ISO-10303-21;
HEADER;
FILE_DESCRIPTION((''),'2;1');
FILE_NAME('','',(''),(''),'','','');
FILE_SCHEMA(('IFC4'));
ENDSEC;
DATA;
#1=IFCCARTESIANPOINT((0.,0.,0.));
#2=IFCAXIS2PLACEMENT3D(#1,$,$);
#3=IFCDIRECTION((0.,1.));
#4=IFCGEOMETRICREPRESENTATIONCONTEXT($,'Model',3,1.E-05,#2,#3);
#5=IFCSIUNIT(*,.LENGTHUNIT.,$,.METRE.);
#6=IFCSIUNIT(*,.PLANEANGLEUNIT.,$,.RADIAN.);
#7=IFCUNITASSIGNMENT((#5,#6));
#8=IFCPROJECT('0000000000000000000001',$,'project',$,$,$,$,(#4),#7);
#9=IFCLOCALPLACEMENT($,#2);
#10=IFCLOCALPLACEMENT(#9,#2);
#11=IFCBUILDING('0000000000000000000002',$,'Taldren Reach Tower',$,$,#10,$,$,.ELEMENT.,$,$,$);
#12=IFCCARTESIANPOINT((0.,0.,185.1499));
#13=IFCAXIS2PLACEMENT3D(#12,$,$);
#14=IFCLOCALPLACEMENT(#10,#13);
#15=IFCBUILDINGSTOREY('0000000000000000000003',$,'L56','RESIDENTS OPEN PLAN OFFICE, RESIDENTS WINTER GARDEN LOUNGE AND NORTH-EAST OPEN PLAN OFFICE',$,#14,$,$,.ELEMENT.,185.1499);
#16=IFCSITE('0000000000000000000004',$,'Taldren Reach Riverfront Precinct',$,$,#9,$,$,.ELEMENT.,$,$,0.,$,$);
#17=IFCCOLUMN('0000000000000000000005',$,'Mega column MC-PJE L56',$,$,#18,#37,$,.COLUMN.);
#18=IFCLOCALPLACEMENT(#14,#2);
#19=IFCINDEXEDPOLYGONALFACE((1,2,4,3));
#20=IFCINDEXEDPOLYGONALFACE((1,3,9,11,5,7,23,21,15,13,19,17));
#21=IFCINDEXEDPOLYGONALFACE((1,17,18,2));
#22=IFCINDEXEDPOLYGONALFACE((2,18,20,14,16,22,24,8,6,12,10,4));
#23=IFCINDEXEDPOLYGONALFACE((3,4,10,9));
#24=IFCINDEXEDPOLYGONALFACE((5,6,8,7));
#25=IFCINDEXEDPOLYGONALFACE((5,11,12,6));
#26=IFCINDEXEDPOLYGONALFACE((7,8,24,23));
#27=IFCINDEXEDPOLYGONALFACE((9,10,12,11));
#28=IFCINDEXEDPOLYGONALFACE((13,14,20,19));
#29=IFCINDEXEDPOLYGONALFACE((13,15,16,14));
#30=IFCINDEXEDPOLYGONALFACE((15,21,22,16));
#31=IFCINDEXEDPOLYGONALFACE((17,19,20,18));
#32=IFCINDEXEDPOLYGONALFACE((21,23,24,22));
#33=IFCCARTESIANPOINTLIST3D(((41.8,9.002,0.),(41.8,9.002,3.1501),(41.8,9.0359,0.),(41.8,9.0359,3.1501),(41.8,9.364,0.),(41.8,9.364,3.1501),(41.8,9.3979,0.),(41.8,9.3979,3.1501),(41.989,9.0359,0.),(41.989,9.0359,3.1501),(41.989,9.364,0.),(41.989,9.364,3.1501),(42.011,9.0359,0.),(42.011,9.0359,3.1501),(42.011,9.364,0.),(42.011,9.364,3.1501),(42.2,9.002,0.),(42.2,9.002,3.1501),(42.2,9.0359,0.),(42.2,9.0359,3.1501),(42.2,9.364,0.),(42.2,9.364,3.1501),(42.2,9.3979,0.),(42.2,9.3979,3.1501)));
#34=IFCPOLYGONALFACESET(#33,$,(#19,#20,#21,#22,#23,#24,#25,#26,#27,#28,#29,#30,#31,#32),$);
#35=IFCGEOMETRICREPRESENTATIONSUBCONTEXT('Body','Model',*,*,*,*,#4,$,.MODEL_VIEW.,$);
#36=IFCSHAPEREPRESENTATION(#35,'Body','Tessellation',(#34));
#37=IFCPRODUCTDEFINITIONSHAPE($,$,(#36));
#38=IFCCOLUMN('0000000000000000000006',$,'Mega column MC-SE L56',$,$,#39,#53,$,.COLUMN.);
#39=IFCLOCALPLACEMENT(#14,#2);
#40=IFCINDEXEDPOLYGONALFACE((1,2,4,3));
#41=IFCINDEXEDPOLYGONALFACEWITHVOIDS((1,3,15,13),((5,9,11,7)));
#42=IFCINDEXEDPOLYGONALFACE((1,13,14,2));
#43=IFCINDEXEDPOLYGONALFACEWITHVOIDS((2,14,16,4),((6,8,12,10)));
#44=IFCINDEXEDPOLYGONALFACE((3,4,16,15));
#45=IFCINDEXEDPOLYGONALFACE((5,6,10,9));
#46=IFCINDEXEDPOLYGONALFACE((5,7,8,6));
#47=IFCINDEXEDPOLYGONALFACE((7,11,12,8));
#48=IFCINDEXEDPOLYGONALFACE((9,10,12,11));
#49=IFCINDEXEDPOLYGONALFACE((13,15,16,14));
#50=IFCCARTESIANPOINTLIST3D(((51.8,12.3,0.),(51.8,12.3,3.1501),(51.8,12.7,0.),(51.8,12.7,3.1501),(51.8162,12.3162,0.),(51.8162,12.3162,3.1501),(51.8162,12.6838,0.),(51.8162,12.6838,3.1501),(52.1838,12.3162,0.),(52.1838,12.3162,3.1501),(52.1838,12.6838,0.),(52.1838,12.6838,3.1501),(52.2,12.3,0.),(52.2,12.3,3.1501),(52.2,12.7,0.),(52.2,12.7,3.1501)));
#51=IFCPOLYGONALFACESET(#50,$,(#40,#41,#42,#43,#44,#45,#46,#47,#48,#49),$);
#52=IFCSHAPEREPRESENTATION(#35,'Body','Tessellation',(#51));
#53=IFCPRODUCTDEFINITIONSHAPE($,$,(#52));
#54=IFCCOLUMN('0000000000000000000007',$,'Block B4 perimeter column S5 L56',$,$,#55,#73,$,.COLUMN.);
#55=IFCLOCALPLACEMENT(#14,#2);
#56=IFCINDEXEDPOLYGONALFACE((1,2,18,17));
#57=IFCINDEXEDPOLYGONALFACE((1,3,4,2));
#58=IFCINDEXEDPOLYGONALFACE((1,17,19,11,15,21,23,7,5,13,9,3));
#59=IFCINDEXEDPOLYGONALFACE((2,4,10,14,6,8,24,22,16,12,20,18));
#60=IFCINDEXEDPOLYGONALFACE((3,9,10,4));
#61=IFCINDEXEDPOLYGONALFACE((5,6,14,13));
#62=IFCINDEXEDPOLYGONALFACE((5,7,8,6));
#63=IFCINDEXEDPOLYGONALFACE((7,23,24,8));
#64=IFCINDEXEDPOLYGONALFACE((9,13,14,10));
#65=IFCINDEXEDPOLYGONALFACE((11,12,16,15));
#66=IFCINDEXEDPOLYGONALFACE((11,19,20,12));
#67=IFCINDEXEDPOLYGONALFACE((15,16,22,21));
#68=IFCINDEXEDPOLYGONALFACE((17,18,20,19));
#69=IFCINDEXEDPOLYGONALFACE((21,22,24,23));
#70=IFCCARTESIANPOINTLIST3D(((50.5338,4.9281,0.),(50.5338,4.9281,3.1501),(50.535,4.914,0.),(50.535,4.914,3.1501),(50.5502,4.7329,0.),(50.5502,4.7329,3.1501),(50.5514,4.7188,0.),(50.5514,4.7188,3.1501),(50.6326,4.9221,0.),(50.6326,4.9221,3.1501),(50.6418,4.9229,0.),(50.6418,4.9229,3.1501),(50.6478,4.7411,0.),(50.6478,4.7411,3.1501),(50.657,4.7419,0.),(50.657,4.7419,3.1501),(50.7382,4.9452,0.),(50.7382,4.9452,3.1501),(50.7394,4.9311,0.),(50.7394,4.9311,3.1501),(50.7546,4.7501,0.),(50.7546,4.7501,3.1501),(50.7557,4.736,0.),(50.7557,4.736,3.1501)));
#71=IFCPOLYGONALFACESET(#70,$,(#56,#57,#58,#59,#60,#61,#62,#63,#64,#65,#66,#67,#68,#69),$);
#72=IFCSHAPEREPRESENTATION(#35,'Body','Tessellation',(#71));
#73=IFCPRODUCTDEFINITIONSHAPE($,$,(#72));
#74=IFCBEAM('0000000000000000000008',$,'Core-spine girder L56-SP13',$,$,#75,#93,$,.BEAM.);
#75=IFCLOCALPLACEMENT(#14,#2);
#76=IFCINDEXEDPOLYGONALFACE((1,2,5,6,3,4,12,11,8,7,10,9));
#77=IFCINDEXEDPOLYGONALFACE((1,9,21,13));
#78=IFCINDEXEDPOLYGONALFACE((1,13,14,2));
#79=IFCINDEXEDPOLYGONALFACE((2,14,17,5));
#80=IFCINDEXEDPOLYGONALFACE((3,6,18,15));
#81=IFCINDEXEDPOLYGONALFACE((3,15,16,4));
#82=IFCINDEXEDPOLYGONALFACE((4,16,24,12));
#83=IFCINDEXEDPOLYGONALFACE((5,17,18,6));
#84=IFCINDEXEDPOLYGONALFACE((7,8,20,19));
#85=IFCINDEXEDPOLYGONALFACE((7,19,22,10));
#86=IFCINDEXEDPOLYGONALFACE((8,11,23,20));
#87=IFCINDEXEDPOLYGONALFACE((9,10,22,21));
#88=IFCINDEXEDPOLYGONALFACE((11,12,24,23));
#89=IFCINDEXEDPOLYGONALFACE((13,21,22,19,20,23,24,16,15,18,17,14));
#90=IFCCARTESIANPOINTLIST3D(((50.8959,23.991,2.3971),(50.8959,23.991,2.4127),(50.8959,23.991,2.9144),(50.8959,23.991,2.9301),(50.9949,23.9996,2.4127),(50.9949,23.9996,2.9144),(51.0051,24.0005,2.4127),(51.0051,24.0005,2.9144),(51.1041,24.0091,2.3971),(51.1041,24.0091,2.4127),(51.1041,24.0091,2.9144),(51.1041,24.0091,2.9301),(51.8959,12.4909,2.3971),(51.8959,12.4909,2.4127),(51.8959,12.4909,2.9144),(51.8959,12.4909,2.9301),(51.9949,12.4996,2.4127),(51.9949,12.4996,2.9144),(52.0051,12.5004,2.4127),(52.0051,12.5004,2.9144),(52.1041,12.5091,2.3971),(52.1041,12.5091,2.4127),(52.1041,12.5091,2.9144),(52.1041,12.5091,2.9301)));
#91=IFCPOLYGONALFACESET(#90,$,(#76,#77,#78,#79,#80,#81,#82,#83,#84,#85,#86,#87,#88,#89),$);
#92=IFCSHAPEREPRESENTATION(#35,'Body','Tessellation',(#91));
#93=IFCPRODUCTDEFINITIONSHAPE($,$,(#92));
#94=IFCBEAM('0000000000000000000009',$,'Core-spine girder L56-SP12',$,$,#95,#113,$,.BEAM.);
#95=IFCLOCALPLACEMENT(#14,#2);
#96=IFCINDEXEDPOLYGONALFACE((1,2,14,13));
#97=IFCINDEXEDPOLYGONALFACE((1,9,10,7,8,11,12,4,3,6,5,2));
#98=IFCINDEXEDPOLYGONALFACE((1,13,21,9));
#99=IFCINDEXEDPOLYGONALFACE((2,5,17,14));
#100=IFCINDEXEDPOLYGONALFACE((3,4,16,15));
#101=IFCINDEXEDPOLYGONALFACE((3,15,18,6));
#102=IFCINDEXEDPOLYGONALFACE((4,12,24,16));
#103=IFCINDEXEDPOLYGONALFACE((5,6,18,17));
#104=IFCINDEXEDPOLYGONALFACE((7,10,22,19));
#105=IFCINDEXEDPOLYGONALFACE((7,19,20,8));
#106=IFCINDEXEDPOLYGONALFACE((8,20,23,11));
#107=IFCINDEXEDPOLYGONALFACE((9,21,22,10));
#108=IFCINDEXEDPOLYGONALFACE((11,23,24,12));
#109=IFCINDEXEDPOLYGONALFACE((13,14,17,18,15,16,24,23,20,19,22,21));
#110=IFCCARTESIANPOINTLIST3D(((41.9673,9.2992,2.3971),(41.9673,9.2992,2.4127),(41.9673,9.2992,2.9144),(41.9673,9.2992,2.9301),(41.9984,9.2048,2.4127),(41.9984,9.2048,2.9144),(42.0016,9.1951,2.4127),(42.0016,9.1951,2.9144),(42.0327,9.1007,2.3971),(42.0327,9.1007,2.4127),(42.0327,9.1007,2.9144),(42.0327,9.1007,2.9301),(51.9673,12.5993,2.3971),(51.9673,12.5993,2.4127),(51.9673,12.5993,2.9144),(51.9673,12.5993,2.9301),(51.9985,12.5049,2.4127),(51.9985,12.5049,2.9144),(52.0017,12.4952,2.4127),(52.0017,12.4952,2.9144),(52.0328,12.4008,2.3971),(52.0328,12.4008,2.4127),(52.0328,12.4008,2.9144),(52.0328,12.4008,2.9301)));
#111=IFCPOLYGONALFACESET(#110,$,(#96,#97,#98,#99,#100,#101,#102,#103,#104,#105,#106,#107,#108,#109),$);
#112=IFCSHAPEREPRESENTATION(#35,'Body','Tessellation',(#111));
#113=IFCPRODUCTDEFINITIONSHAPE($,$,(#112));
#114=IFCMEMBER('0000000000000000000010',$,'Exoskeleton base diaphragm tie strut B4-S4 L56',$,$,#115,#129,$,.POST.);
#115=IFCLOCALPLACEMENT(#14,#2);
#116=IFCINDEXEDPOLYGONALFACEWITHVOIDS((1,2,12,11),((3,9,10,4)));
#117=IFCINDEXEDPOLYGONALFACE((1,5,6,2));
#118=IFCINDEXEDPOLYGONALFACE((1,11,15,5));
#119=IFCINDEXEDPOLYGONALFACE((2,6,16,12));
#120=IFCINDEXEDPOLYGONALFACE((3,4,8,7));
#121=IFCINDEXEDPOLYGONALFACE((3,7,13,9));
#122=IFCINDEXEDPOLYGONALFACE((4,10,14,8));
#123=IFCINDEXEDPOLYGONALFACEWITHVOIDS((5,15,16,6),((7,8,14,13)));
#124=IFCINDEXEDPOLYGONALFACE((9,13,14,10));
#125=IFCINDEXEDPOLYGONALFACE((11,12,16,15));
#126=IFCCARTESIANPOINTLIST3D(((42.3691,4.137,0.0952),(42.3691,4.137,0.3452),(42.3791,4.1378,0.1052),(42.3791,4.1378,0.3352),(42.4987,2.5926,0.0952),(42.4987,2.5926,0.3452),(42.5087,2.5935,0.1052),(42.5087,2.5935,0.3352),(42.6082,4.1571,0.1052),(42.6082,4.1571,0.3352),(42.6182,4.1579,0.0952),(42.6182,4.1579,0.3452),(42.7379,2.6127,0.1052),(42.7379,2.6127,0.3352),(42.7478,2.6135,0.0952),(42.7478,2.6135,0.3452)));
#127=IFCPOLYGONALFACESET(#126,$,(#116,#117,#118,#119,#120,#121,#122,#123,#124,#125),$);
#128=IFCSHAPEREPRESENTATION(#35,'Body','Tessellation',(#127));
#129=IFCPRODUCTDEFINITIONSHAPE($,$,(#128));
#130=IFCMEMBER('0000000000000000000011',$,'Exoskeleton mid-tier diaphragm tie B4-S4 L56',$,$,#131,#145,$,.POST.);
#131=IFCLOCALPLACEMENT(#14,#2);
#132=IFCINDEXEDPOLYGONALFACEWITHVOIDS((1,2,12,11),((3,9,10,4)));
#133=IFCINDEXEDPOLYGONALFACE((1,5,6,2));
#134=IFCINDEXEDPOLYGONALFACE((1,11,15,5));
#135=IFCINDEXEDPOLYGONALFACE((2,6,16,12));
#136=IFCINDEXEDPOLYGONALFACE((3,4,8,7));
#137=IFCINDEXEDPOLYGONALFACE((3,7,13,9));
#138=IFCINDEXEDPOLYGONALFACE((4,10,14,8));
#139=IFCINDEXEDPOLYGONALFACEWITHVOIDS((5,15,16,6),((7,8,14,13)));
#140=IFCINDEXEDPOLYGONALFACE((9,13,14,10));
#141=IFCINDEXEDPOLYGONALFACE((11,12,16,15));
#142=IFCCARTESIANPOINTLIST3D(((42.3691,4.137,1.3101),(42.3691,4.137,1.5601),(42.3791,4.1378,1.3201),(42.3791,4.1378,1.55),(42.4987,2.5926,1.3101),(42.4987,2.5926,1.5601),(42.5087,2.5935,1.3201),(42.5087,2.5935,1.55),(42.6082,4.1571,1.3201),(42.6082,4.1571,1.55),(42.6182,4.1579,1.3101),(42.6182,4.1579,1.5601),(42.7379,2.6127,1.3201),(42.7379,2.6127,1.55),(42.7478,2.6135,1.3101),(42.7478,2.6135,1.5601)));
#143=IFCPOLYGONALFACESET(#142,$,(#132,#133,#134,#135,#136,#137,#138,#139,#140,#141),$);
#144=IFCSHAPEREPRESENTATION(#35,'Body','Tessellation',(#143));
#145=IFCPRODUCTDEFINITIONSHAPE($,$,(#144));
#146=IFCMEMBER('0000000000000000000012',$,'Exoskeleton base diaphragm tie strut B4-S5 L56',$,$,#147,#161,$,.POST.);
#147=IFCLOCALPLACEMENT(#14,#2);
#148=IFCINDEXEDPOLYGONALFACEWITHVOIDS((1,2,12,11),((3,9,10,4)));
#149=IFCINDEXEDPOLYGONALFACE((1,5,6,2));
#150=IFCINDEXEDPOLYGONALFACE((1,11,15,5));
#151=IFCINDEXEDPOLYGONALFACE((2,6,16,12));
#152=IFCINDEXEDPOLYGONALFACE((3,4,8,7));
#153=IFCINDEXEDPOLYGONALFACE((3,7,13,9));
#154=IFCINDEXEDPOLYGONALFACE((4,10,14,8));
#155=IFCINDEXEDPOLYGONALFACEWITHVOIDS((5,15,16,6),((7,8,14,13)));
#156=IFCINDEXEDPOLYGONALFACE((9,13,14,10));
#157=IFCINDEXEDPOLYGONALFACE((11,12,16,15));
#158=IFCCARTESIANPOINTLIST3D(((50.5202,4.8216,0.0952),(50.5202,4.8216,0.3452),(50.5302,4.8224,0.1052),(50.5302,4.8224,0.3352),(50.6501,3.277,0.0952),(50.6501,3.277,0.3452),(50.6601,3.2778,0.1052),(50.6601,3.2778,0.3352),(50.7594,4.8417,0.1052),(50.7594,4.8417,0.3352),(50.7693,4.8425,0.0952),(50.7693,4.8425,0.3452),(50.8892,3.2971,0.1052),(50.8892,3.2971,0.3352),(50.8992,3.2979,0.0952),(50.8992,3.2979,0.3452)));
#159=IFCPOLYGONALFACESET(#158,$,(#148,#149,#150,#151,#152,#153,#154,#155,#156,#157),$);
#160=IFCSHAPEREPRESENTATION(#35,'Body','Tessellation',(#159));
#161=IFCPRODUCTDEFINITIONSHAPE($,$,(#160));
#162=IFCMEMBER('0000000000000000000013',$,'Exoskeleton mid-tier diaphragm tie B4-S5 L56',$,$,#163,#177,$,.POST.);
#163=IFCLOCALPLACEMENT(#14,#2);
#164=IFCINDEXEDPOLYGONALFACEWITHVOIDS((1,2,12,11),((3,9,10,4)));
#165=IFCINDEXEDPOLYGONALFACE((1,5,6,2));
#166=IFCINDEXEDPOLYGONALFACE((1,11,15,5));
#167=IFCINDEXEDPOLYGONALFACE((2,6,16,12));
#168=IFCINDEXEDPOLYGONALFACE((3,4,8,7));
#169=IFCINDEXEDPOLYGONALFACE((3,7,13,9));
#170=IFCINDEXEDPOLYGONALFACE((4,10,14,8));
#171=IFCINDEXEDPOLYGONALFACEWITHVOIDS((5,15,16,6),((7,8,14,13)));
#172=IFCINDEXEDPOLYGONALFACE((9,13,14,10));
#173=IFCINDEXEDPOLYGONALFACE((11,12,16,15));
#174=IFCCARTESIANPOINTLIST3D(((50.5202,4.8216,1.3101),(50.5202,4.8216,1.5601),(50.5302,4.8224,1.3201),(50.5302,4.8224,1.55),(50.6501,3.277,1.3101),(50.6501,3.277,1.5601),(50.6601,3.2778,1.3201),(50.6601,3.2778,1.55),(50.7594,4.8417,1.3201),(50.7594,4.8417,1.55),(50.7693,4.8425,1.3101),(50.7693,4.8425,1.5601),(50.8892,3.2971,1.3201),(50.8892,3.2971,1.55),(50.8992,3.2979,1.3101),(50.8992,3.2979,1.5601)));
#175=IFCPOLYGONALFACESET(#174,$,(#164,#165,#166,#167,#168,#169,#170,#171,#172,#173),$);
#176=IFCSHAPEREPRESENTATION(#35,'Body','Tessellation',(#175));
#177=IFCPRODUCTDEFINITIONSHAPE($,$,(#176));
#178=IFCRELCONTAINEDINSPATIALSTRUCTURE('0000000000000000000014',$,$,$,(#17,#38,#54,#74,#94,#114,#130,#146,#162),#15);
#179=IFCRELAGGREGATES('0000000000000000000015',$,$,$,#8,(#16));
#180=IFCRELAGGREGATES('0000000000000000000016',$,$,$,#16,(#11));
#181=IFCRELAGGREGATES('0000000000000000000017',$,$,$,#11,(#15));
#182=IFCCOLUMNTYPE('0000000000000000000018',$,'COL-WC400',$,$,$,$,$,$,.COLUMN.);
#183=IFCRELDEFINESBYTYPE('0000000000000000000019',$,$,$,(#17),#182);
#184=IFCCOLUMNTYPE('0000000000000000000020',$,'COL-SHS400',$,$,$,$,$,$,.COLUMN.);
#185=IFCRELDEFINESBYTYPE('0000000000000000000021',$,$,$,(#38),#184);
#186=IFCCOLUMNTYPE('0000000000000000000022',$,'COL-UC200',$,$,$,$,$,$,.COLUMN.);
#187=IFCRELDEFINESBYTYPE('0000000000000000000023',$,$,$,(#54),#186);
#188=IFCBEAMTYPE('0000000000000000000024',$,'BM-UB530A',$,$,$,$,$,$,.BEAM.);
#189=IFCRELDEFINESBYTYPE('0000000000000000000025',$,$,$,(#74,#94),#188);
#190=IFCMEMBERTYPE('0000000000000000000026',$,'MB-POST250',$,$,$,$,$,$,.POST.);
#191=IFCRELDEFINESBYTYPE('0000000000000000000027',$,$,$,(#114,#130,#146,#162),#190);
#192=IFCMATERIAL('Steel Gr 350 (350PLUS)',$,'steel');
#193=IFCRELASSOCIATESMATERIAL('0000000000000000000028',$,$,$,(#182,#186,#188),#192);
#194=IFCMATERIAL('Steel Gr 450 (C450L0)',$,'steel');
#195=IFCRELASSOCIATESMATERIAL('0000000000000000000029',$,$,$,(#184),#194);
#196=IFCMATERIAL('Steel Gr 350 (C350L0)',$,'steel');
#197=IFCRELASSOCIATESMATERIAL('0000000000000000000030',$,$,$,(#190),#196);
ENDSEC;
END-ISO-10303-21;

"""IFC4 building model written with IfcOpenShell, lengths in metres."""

from ifc_helpers import new_model, si_unit, direction, frame, origin, origin_2d, place, context, subcontext, project, spatial, hollow_rectangle, i_section, extrude, source, transform, mapped, material, material_profile, profile_set, type_object, element, save


model = new_model("IFC4")

# Units and contexts
model_context = context("Model", 3, precision=1e-05, world=origin(), true_north=direction((0.0, 1.0)))
body_context = subcontext(model_context, "Body", "Model", "MODEL_VIEW")
ifc_project = project(units=[si_unit("LENGTHUNIT", "METRE"), si_unit("PLANEANGLEUNIT", "RADIAN")], contexts=[model_context])

# Site, building, storey
site_placement = place(None, origin())
site = spatial("IfcSite", under=ifc_project, at=site_placement, Name="Taldren Reach Riverfront Precinct", CompositionType="ELEMENT", RefElevation=0.0)
building_placement = place(site_placement, origin())
building = spatial("IfcBuilding", under=site, at=building_placement, Name="Taldren Reach Tower", CompositionType="ELEMENT")
storey_placement = place(building_placement, frame((0.0, 0.0, 185.1499)))
storey = spatial("IfcBuildingStorey", under=building, at=storey_placement, Name="L56", Description="RESIDENTS OPEN PLAN OFFICE, RESIDENTS WINTER GARDEN LOUNGE AND NORTH-EAST OPEN PLAN OFFICE", CompositionType="ELEMENT", Elevation=185.1499)

# Columns
ifc_material_1 = material(Name="Steel Gr 350 (350PLUS)", Category="steel")
ifc_material_profile_1 = material_profile(ifc_material_1, i_section(OverallWidth=0.3999, OverallDepth=0.396, WebThickness=0.022, FlangeThickness=0.0339, at=origin_2d()), Name="400WC270")
ifc_profile_set_1 = profile_set([ifc_material_profile_1], Name="Steel Gr 350 (350PLUS)")
column_type_1 = type_object("IfcColumnType", Name="COL-WC400", PredefinedType="COLUMN", material=ifc_profile_set_1)
shared_shape_1 = source(origin(), body_context, "Body", "SweptSolid", [
    extrude(i_section(OverallWidth=0.3999, OverallDepth=0.396, WebThickness=0.022, FlangeThickness=0.0339, at=origin_2d()), origin(), (0.0, 0.0, 1.0), 3.1501),
])
column_1_placement = place(storey_placement, frame((42.0, 9.2, 0.0), z_axis=(0.0, 0.0, 1.0), x_axis=(1.0, 0.0, 0.0)))
element("IfcColumn", 1, at=column_1_placement, inside=storey, type_object=column_type_1, Name="Mega column MC-PJE L56", PredefinedType="COLUMN", context=body_context, shape_type="MappedRepresentation", body=[
    mapped(shared_shape_1, transform((0.0, 0.0, 0.0), scale=1.0)),
])
ifc_material_2 = material(Name="Steel Gr 450 (C450L0)", Category="steel")
ifc_material_profile_2 = material_profile(ifc_material_2, hollow_rectangle(XDim=0.3999, YDim=0.3999, WallThickness=0.0161, at=origin_2d()), Name="400x400x16.0SHS")
ifc_profile_set_2 = profile_set([ifc_material_profile_2], Name="Steel Gr 450 (C450L0)")
column_type_2 = type_object("IfcColumnType", Name="COL-SHS400", PredefinedType="COLUMN", material=ifc_profile_set_2)
shared_shape_2 = source(origin(), body_context, "Body", "SweptSolid", [
    extrude(hollow_rectangle(XDim=0.3999, YDim=0.3999, WallThickness=0.0161, at=origin_2d()), origin(), (0.0, 0.0, 1.0), 3.1501),
])
column_2_placement = place(storey_placement, frame((52.0, 12.5, 0.0), z_axis=(0.0, 0.0, 1.0), x_axis=(1.0, 0.0, 0.0)))
element("IfcColumn", 2, at=column_2_placement, inside=storey, type_object=column_type_2, Name="Mega column MC-SE L56", PredefinedType="COLUMN", context=body_context, shape_type="MappedRepresentation", body=[
    mapped(shared_shape_2, transform((0.0, 0.0, 0.0), scale=1.0)),
])
ifc_material_profile_3 = material_profile(ifc_material_1, i_section(OverallWidth=0.2051, OverallDepth=0.21, WebThickness=0.0093, FlangeThickness=0.0142, at=origin_2d()), Name="200UC59.5")
ifc_profile_set_3 = profile_set([ifc_material_profile_3], Name="Steel Gr 350 (350PLUS)")
column_type_3 = type_object("IfcColumnType", Name="COL-UC200", PredefinedType="COLUMN", material=ifc_profile_set_3)
shared_shape_3 = source(origin(), body_context, "Body", "SweptSolid", [
    extrude(i_section(OverallWidth=0.2051, OverallDepth=0.21, WebThickness=0.0093, FlangeThickness=0.0142, at=origin_2d()), origin(), (0.0, 0.0, 1.0), 3.1501),
])
column_3_placement = place(storey_placement, frame((50.6448, 4.832, 0.0), z_axis=(0.0, 0.0, 1.0), x_axis=(0.996493, 0.083678, 0.0)))
element("IfcColumn", 3, at=column_3_placement, inside=storey, type_object=column_type_3, Name="Block B4 perimeter column S5 L56", PredefinedType="COLUMN", context=body_context, shape_type="MappedRepresentation", body=[
    mapped(shared_shape_3, transform((0.0, 0.0, 0.0), scale=1.0)),
])

# Beams
ifc_material_profile_4 = material_profile(ifc_material_1, i_section(OverallWidth=0.209, OverallDepth=0.533, WebThickness=0.0103, FlangeThickness=0.0156, at=origin_2d()), Name="530UB92.4")
ifc_profile_set_4 = profile_set([ifc_material_profile_4], Name="Steel Gr 350 (350PLUS)")
beam_type_1 = type_object("IfcBeamType", Name="BM-UB530A", PredefinedType="BEAM", material=ifc_profile_set_4)
shared_shape_4 = source(origin(), body_context, "Body", "SweptSolid", [
    extrude(i_section(OverallWidth=0.209, OverallDepth=0.533, WebThickness=0.0103, FlangeThickness=0.0156, at=origin_2d()), origin(), (0.0, 0.0, 1.0), 11.5435),
])
beam_1_placement = place(storey_placement, frame((52.0, 12.5, 2.6636), z_axis=(-0.08663, 0.996241, 0.0), x_axis=(-0.996241, -0.08663, 0.0)))
element("IfcBeam", 4, at=beam_1_placement, inside=storey, type_object=beam_type_1, Name="Core-spine girder L56-SP13", PredefinedType="BEAM", context=body_context, shape_type="MappedRepresentation", body=[
    mapped(shared_shape_4, transform((0.0, 0.0, 0.0), scale=1.0)),
])
shared_shape_5 = source(origin(), body_context, "Body", "SweptSolid", [
    extrude(i_section(OverallWidth=0.209, OverallDepth=0.533, WebThickness=0.0103, FlangeThickness=0.0156, at=origin_2d()), origin(), (0.0, 0.0, 1.0), 10.5305),
])
beam_2_placement = place(storey_placement, frame((42.0, 9.2, 2.6636), z_axis=(0.949627, 0.313382, 0.0), x_axis=(-0.313382, 0.949627, 0.0)))
element("IfcBeam", 5, at=beam_2_placement, inside=storey, type_object=beam_type_1, Name="Core-spine girder L56-SP12", PredefinedType="BEAM", context=body_context, shape_type="MappedRepresentation", body=[
    mapped(shared_shape_5, transform((0.0, 0.0, 0.0), scale=1.0)),
])

# Members
ifc_material_3 = material(Name="Steel Gr 350 (C350L0)", Category="steel")
ifc_material_profile_5 = material_profile(ifc_material_3, hollow_rectangle(XDim=0.25, YDim=0.25, WallThickness=0.01, at=origin_2d()), Name="250x250x10.0SHS")
ifc_profile_set_5 = profile_set([ifc_material_profile_5], Name="Steel Gr 350 (C350L0)")
member_type_1 = type_object("IfcMemberType", Name="MB-POST250", PredefinedType="POST", material=ifc_profile_set_5)
shared_shape_6 = source(origin(), body_context, "Body", "SweptSolid", [
    extrude(hollow_rectangle(XDim=0.25, YDim=0.25, WallThickness=0.01, at=origin_2d()), origin(), (0.0, 0.0, 1.0), 1.5498),
])
for number, where, z_axis, x_axis, name in (
    (6, (42.4937, 4.1475, 0.2202), (0.083645, -0.996496, 0.0), (0.996496, 0.083645, 0.0), "Exoskeleton base diaphragm tie strut B4-S4 L56"),
    (7, (42.4937, 4.1475, 1.4351), (0.083645, -0.996496, 0.0), (0.996496, 0.083645, 0.0), "Exoskeleton mid-tier diaphragm tie B4-S4 L56"),
):
    element("IfcMember", number, at=place(storey_placement, frame(where, z_axis=z_axis, x_axis=x_axis)), inside=storey, type_object=member_type_1, Name=name, PredefinedType="POST", context=body_context, shape_type="MappedRepresentation", body=[
        mapped(shared_shape_6, transform((0.0, 0.0, 0.0), scale=1.0)),
    ])
shared_shape_7 = source(origin(), body_context, "Body", "SweptSolid", [
    extrude(hollow_rectangle(XDim=0.25, YDim=0.25, WallThickness=0.01, at=origin_2d()), origin(), (0.0, 0.0, 1.0), 1.55),
])
for number, where, z_axis, x_axis, name in (
    (8, (50.6448, 4.832, 0.2202), (0.083788, -0.996484, 0.0), (0.996484, 0.083788, 0.0), "Exoskeleton base diaphragm tie strut B4-S5 L56"),
    (9, (50.6448, 4.832, 1.4351), (0.083788, -0.996484, 0.0), (0.996484, 0.083788, 0.0), "Exoskeleton mid-tier diaphragm tie B4-S5 L56"),
):
    element("IfcMember", number, at=place(storey_placement, frame(where, z_axis=z_axis, x_axis=x_axis)), inside=storey, type_object=member_type_1, Name=name, PredefinedType="POST", context=body_context, shape_type="MappedRepresentation", body=[
        mapped(shared_shape_7, transform((0.0, 0.0, 0.0), scale=1.0)),
    ])

save(model, "model.ifc")
